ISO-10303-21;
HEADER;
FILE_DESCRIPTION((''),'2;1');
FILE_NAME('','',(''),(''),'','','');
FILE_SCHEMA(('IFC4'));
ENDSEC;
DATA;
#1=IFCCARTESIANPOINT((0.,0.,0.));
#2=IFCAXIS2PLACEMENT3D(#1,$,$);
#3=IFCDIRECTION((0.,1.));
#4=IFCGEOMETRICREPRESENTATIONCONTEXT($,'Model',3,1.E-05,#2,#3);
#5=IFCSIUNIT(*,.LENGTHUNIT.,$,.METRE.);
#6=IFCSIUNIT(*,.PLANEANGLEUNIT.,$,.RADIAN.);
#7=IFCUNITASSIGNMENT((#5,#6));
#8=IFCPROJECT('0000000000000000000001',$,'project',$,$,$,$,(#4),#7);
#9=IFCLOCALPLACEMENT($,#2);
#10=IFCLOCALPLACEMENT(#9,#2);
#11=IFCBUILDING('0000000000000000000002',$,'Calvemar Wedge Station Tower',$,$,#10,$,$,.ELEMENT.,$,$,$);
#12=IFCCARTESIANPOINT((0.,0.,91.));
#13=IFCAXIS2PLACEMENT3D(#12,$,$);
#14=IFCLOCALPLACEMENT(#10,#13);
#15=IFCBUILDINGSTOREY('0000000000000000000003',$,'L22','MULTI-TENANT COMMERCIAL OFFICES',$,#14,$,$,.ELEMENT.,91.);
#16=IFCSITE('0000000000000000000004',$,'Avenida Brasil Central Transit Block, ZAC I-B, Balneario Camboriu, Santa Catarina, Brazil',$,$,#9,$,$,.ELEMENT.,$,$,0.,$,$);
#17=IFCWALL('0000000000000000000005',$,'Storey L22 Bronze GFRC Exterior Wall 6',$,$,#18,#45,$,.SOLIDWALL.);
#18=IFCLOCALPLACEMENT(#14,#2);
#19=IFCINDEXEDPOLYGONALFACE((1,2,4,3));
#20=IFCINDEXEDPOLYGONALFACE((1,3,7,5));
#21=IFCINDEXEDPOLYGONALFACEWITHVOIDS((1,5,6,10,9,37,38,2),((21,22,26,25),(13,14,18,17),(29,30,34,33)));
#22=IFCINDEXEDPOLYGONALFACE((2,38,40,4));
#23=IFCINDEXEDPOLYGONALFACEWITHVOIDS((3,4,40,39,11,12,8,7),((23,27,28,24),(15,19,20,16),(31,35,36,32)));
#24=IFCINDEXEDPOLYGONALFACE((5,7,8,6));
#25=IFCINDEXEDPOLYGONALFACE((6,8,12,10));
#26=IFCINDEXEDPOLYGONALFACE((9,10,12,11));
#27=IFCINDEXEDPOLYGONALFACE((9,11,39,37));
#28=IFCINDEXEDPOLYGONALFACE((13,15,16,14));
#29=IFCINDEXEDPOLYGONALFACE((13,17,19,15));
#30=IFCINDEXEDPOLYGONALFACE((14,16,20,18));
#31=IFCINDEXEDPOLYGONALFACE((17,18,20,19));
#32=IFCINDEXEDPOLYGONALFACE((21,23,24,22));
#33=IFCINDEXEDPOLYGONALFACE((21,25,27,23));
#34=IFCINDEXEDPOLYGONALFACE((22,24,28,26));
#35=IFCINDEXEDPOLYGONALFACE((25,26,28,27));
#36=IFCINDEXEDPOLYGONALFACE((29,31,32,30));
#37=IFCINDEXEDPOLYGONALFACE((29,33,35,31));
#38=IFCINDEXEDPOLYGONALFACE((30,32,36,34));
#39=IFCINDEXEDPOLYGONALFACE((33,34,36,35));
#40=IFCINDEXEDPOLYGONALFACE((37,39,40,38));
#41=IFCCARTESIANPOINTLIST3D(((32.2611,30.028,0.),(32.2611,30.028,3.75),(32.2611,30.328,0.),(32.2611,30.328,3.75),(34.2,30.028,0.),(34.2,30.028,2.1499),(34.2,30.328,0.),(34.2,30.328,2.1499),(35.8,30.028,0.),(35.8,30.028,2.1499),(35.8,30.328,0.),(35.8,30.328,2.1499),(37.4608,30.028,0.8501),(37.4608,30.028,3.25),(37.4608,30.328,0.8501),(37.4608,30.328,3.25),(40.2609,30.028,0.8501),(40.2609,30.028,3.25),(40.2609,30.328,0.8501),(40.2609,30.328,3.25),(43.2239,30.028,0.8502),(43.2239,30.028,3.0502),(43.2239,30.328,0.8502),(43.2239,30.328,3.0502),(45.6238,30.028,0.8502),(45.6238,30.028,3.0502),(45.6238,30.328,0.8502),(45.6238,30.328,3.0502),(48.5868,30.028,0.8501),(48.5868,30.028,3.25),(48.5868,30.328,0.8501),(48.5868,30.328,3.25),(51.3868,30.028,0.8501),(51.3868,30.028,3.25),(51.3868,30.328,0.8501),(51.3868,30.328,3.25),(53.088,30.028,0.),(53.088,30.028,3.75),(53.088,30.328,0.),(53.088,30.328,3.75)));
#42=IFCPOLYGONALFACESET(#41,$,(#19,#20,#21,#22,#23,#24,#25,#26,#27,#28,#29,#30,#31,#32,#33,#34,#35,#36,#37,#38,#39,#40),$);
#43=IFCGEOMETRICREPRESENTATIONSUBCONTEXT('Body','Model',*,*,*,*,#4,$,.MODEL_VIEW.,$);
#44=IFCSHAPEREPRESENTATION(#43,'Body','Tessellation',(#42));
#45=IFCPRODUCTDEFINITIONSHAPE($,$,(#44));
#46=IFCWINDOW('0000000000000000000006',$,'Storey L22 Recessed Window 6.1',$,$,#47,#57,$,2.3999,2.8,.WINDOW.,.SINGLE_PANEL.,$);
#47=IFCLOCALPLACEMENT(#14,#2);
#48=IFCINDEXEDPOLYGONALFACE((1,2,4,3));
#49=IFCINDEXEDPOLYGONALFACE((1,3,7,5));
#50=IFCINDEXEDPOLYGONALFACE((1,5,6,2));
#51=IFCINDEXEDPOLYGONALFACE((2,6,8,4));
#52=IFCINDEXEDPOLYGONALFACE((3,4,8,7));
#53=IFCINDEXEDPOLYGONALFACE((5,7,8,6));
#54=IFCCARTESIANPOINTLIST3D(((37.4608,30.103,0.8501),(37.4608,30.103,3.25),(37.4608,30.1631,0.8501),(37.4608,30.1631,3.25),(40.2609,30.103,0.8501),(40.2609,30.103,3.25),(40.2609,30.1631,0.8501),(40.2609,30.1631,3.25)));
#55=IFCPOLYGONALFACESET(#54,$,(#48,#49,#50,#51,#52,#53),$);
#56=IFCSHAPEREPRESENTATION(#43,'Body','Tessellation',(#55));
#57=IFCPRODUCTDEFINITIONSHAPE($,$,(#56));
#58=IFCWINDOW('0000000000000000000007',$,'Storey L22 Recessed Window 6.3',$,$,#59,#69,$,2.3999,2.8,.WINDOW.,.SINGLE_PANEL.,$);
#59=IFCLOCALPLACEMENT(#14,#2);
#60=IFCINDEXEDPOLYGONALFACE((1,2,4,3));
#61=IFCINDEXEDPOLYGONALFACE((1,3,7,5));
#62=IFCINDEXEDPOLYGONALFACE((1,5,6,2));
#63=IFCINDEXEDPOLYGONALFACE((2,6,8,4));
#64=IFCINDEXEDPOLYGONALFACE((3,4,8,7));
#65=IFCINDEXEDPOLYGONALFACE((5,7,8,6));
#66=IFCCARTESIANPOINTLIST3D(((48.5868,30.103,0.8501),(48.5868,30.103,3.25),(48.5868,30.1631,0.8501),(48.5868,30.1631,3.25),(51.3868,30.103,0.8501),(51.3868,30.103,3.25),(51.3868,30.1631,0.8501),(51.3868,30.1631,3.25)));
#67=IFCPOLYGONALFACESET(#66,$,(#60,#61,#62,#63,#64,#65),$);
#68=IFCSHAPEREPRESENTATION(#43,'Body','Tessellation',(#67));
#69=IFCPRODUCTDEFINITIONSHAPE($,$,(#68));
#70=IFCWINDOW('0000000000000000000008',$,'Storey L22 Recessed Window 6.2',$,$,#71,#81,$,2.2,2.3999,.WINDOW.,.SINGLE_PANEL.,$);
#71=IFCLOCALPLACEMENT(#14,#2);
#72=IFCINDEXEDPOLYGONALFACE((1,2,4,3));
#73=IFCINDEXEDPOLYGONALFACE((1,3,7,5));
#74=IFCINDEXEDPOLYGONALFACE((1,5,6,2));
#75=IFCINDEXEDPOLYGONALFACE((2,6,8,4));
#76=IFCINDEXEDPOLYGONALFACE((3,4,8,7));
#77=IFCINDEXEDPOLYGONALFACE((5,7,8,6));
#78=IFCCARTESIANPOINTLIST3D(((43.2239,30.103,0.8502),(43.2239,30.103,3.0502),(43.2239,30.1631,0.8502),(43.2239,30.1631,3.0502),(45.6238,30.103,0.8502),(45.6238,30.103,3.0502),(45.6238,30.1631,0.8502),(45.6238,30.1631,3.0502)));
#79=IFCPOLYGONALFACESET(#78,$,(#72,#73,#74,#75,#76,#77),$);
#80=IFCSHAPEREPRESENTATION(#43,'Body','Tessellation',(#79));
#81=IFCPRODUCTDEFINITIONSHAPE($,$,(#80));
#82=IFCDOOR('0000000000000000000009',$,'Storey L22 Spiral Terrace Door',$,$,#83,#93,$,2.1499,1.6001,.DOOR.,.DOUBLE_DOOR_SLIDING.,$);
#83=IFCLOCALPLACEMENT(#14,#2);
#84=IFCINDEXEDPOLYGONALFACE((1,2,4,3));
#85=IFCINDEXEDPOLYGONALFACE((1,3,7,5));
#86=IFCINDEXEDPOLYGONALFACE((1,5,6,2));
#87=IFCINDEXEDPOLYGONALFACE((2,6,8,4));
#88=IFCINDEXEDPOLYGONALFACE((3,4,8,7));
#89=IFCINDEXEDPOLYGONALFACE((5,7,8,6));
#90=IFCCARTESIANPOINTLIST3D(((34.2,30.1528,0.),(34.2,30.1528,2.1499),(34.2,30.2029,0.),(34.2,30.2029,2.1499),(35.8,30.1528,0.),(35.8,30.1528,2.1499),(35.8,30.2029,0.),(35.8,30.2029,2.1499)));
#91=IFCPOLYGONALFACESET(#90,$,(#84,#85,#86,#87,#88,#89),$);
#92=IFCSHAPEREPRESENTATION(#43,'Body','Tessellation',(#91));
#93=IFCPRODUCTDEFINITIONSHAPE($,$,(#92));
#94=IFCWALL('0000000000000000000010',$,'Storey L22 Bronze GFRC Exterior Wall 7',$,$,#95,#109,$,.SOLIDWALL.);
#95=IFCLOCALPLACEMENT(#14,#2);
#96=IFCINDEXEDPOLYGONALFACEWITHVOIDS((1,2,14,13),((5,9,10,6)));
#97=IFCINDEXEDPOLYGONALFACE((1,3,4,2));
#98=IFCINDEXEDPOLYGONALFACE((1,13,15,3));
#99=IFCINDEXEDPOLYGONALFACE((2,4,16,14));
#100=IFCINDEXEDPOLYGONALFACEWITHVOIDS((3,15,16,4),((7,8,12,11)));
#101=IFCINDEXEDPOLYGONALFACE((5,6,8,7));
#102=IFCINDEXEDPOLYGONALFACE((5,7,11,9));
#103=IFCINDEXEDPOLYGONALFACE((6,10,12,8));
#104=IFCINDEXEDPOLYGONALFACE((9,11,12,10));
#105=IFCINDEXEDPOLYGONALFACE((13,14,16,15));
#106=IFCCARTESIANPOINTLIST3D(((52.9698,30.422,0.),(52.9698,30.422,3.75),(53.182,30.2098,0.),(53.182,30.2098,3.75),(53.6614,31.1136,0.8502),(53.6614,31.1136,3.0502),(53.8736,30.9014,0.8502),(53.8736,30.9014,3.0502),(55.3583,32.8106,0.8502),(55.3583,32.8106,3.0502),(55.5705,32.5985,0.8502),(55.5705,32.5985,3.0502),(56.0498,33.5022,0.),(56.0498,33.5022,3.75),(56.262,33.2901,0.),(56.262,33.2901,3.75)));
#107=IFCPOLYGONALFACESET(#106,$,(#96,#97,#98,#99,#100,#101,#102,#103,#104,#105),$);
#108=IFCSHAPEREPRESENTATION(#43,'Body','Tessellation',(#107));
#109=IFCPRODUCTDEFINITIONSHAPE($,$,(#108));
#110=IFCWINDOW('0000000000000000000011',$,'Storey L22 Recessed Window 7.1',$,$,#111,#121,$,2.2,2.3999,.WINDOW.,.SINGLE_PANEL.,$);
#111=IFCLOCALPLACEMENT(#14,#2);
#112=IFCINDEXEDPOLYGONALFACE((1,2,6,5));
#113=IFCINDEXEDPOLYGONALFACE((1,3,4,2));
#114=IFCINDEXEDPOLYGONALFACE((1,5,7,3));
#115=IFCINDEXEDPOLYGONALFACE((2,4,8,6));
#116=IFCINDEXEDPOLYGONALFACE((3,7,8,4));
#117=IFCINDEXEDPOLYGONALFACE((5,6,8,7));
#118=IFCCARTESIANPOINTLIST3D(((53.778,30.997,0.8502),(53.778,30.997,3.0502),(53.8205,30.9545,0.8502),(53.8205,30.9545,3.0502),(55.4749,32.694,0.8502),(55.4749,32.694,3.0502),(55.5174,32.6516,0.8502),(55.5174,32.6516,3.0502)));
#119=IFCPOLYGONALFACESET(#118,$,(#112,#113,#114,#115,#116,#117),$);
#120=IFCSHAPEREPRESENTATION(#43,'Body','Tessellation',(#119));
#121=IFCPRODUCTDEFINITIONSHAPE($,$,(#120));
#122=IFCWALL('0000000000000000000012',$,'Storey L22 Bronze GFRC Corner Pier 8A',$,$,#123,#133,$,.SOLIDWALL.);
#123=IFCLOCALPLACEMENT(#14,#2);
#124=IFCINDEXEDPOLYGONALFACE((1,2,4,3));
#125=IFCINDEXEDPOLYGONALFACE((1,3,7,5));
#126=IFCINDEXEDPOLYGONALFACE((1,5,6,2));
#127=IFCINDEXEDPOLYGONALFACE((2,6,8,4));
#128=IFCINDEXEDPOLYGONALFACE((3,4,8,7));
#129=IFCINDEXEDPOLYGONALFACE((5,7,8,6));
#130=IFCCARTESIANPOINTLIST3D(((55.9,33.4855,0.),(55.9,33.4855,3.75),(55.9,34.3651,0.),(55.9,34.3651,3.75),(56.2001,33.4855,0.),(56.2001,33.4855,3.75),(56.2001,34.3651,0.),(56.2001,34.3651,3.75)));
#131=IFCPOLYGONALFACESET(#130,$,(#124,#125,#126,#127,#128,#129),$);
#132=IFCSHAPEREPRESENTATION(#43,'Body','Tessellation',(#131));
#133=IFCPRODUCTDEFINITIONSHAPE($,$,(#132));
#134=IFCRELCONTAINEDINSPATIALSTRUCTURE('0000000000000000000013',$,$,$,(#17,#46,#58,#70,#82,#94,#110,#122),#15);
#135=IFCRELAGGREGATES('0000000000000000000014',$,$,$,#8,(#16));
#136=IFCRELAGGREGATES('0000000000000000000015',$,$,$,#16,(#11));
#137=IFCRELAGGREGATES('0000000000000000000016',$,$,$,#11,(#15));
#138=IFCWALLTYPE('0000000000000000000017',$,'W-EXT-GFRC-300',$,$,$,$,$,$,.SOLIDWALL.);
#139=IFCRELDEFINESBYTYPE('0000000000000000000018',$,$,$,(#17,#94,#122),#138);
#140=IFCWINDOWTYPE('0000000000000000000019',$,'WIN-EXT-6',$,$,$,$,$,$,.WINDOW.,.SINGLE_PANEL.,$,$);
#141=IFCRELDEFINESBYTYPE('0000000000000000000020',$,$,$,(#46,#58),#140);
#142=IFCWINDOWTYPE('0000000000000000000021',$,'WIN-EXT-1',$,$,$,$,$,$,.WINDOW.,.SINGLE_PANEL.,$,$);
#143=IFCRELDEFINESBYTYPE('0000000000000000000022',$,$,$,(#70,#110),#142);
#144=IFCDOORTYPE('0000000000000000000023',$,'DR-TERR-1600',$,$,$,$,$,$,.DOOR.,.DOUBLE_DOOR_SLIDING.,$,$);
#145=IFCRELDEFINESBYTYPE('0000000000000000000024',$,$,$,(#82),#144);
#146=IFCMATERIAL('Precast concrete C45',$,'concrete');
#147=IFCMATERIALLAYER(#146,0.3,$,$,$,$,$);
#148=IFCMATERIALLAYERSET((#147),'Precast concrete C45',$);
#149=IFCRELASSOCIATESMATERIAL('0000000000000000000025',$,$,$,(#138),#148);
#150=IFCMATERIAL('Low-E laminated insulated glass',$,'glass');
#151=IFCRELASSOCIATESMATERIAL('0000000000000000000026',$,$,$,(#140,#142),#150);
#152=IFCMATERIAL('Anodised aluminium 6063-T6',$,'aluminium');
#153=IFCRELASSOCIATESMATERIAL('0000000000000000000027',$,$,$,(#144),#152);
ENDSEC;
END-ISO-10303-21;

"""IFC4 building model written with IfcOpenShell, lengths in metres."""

from ifc_helpers import new_model, si_unit, direction, frame, frame_2d, origin, place, context, subcontext, project, spatial, rectangle, extrude, source, transform, mapped, material, layer, layer_set, type_object, element, fill, save


model = new_model("IFC4")

# Units and contexts
model_context = context("Model", 3, precision=1e-05, world=origin(), true_north=direction((0.0, 1.0)))
body_context = subcontext(model_context, "Body", "Model", "MODEL_VIEW")
ifc_project = project(units=[si_unit("LENGTHUNIT", "METRE"), si_unit("PLANEANGLEUNIT", "RADIAN")], contexts=[model_context])

# Site, building, storey
site_placement = place(None, origin())
site = spatial("IfcSite", under=ifc_project, at=site_placement, Name="Avenida Brasil Central Transit Block, ZAC I-B, Balneario Camboriu, Santa Catarina, Brazil", CompositionType="ELEMENT", RefElevation=0.0)
building_placement = place(site_placement, origin())
building = spatial("IfcBuilding", under=site, at=building_placement, Name="Calvemar Wedge Station Tower", CompositionType="ELEMENT")
storey_placement = place(building_placement, frame((0.0, 0.0, 91.0)))
storey = spatial("IfcBuildingStorey", under=building, at=storey_placement, Name="L22", Description="MULTI-TENANT COMMERCIAL OFFICES", CompositionType="ELEMENT", Elevation=91.0)

# Shared definitions
ifc_material_1 = material(Name="Anodised aluminium 6063-T6", Category="aluminium")
ifc_material_2 = material(Name="Low-E laminated insulated glass", Category="glass")

# Shared definitions
ifc_material_3 = material(Name="Precast concrete C45", Category="concrete")
ifc_layer_1 = layer(ifc_material_3, 0.3)
ifc_layer_set_1 = layer_set([ifc_layer_1], Name="Precast concrete C45")
wall_type_1 = type_object("IfcWallType", Name="W-EXT-GFRC-300", PredefinedType="SOLIDWALL", material=ifc_layer_set_1)

# Wall, openings, windows, door
wall_1_placement = place(storey_placement, frame((32.261, 30.178, 0.0), z_axis=(0.0, 0.0, 1.0), x_axis=(1.0, 0.0, 0.0)))
wall_1 = element("IfcWall", 1, at=wall_1_placement, inside=storey, type_object=wall_type_1, Name="Storey L22 Bronze GFRC Exterior Wall 6", PredefinedType="SOLIDWALL", context=body_context, shape_type="SweptSolid", body=[
    extrude(rectangle(XDim=20.8269, YDim=0.3, at=frame_2d((10.4136, 0.0))), origin(), (0.0, 0.0, 1.0), 3.75),
])
shared_shape_1 = source(origin(), body_context, "Body", "SweptSolid", [
    extrude(rectangle(XDim=1.6001, YDim=2.1499, at=frame_2d((0.8, 1.075))), frame((0.0, 0.1602, 0.0), z_axis=(0.0, -1.0, 0.0), x_axis=(1.0, 0.0, 0.0)), (0.0, 0.0, 1.0), 0.3201),
])
opening_1_placement = place(wall_1_placement, frame((1.939, 0.0, 0.0)))
opening_1 = element("IfcOpeningElement", 2, at=opening_1_placement, cuts=wall_1, PredefinedType="OPENING", context=body_context, shape_type="MappedRepresentation", body=[
    mapped(shared_shape_1, transform((0.0, 0.0, 0.0), scale=1.0)),
])
shared_shape_2 = source(origin(), body_context, "Body", "SweptSolid", [
    extrude(rectangle(XDim=2.8, YDim=2.3999, at=frame_2d((1.3999, 1.2))), frame((0.0, 0.1602, 0.0), z_axis=(0.0, -1.0, 0.0), x_axis=(1.0, 0.0, 0.0)), (0.0, 0.0, 1.0), 0.3201),
])
opening_2_placement = place(wall_1_placement, frame((5.2, 0.0, 0.8501)))
opening_2 = element("IfcOpeningElement", 3, at=opening_2_placement, cuts=wall_1, PredefinedType="OPENING", context=body_context, shape_type="MappedRepresentation", body=[
    mapped(shared_shape_2, transform((0.0, 0.0, 0.0), scale=1.0)),
])
shared_shape_3 = source(origin(), body_context, "Body", "SweptSolid", [
    extrude(rectangle(XDim=2.3999, YDim=2.2, at=frame_2d((1.2, 1.1001))), frame((0.0, 0.1602, 0.0), z_axis=(0.0, -1.0, 0.0), x_axis=(1.0, 0.0, 0.0)), (0.0, 0.0, 1.0), 0.3201),
])
opening_3_placement = place(wall_1_placement, frame((10.9629, 0.0, 0.8501)))
opening_3 = element("IfcOpeningElement", 4, at=opening_3_placement, cuts=wall_1, PredefinedType="OPENING", context=body_context, shape_type="MappedRepresentation", body=[
    mapped(shared_shape_3, transform((0.0, 0.0, 0.0), scale=1.0)),
])
opening_4_placement = place(wall_1_placement, frame((16.3259, 0.0, 0.8501)))
opening_4 = element("IfcOpeningElement", 5, at=opening_4_placement, cuts=wall_1, PredefinedType="OPENING", context=body_context, shape_type="MappedRepresentation", body=[
    mapped(shared_shape_2, transform((0.0, 0.0, 0.0), scale=1.0)),
])
window_type_1 = type_object("IfcWindowType", Name="WIN-EXT-6", PartitioningType="SINGLE_PANEL", PredefinedType="WINDOW", material=ifc_material_2)
shared_shape_4 = source(origin(), body_context, "Body", "SweptSolid", [
    extrude(rectangle(XDim=2.8, YDim=2.3999, at=frame_2d((1.3999, 1.2))), frame((0.0, -0.0149, 0.0), z_axis=(0.0, -1.0, 0.0), x_axis=(1.0, 0.0, 0.0)), (0.0, 0.0, 1.0), 0.0601),
])
window_1_placement = place(opening_2_placement, origin())
window_1 = element("IfcWindow", 6, at=window_1_placement, inside=storey, type_object=window_type_1, Name="Storey L22 Recessed Window 6.1", OverallHeight=2.3999, OverallWidth=2.8, PartitioningType="SINGLE_PANEL", PredefinedType="WINDOW", context=body_context, shape_type="MappedRepresentation", body=[
    mapped(shared_shape_4, transform((0.0, 0.0, 0.0), scale=1.0)),
])
fill(opening_2, window_1)
window_2_placement = place(opening_4_placement, origin())
window_2 = element("IfcWindow", 7, at=window_2_placement, inside=storey, type_object=window_type_1, Name="Storey L22 Recessed Window 6.3", OverallHeight=2.3999, OverallWidth=2.8, PartitioningType="SINGLE_PANEL", PredefinedType="WINDOW", context=body_context, shape_type="MappedRepresentation", body=[
    mapped(shared_shape_4, transform((0.0, 0.0, 0.0), scale=1.0)),
])
fill(opening_4, window_2)
window_type_2 = type_object("IfcWindowType", Name="WIN-EXT-1", PartitioningType="SINGLE_PANEL", PredefinedType="WINDOW", material=ifc_material_2)
shared_shape_5 = source(origin(), body_context, "Body", "SweptSolid", [
    extrude(rectangle(XDim=2.3999, YDim=2.2, at=frame_2d((1.2, 1.1001))), frame((0.0, -0.0149, 0.0), z_axis=(0.0, -1.0, 0.0), x_axis=(1.0, 0.0, 0.0)), (0.0, 0.0, 1.0), 0.0601),
])
window_3_placement = place(opening_3_placement, origin())
window_3 = element("IfcWindow", 8, at=window_3_placement, inside=storey, type_object=window_type_2, Name="Storey L22 Recessed Window 6.2", OverallHeight=2.2, OverallWidth=2.3999, PartitioningType="SINGLE_PANEL", PredefinedType="WINDOW", context=body_context, shape_type="MappedRepresentation", body=[
    mapped(shared_shape_5, transform((0.0, 0.0, 0.0), scale=1.0)),
])
fill(opening_3, window_3)
door_type_1 = type_object("IfcDoorType", Name="DR-TERR-1600", OperationType="DOUBLE_DOOR_SLIDING", PredefinedType="DOOR", material=ifc_material_1)
shared_shape_6 = source(origin(), body_context, "Body", "SweptSolid", [
    extrude(rectangle(XDim=1.6001, YDim=2.1499, at=frame_2d((0.8, 1.075))), frame((0.0, 0.0249, 0.0), z_axis=(0.0, -1.0, 0.0), x_axis=(1.0, 0.0, 0.0)), (0.0, 0.0, 1.0), 0.05),
])
door_1_placement = place(opening_1_placement, origin())
door_1 = element("IfcDoor", 9, at=door_1_placement, inside=storey, type_object=door_type_1, Name="Storey L22 Spiral Terrace Door", OperationType="DOUBLE_DOOR_SLIDING", OverallHeight=2.1499, OverallWidth=1.6001, PredefinedType="DOOR", context=body_context, shape_type="MappedRepresentation", body=[
    mapped(shared_shape_6, transform((0.0, 0.0, 0.0), scale=1.0)),
])
fill(opening_1, door_1)

# Wall, opening, window
wall_2_placement = place(storey_placement, frame((53.0759, 30.3159, 0.0), z_axis=(0.0, 0.0, 1.0), x_axis=(0.707079, 0.707135, 0.0)))
wall_2 = element("IfcWall", 10, at=wall_2_placement, inside=storey, type_object=wall_type_1, Name="Storey L22 Bronze GFRC Exterior Wall 7", PredefinedType="SOLIDWALL", context=body_context, shape_type="SweptSolid", body=[
    extrude(rectangle(XDim=4.356, YDim=0.3, at=frame_2d((2.178, 0.0))), origin(), (0.0, 0.0, 1.0), 3.75),
])
opening_5_placement = place(wall_2_placement, frame((0.978, 0.0, 0.8501)))
opening_5 = element("IfcOpeningElement", 11, at=opening_5_placement, cuts=wall_2, PredefinedType="OPENING", context=body_context, shape_type="MappedRepresentation", body=[
    mapped(shared_shape_3, transform((0.0, 0.0, 0.0), scale=1.0)),
])
window_4_placement = place(opening_5_placement, origin())
window_4 = element("IfcWindow", 12, at=window_4_placement, inside=storey, type_object=window_type_2, Name="Storey L22 Recessed Window 7.1", OverallHeight=2.2, OverallWidth=2.3999, PartitioningType="SINGLE_PANEL", PredefinedType="WINDOW", context=body_context, shape_type="MappedRepresentation", body=[
    mapped(shared_shape_5, transform((0.0, 0.0, 0.0), scale=1.0)),
])
fill(opening_5, window_4)

# Wall
wall_3_placement = place(storey_placement, frame((56.05, 33.4854, 0.0), z_axis=(0.0, 0.0, 1.0), x_axis=(0.0, 1.0, 0.0)))
element("IfcWall", 13, at=wall_3_placement, inside=storey, type_object=wall_type_1, Name="Storey L22 Bronze GFRC Corner Pier 8A", PredefinedType="SOLIDWALL", context=body_context, shape_type="SweptSolid", body=[
    extrude(rectangle(XDim=0.8796, YDim=0.3, at=frame_2d((0.4399, 0.0))), origin(), (0.0, 0.0, 1.0), 3.75),
])

save(model, "model.ifc")
